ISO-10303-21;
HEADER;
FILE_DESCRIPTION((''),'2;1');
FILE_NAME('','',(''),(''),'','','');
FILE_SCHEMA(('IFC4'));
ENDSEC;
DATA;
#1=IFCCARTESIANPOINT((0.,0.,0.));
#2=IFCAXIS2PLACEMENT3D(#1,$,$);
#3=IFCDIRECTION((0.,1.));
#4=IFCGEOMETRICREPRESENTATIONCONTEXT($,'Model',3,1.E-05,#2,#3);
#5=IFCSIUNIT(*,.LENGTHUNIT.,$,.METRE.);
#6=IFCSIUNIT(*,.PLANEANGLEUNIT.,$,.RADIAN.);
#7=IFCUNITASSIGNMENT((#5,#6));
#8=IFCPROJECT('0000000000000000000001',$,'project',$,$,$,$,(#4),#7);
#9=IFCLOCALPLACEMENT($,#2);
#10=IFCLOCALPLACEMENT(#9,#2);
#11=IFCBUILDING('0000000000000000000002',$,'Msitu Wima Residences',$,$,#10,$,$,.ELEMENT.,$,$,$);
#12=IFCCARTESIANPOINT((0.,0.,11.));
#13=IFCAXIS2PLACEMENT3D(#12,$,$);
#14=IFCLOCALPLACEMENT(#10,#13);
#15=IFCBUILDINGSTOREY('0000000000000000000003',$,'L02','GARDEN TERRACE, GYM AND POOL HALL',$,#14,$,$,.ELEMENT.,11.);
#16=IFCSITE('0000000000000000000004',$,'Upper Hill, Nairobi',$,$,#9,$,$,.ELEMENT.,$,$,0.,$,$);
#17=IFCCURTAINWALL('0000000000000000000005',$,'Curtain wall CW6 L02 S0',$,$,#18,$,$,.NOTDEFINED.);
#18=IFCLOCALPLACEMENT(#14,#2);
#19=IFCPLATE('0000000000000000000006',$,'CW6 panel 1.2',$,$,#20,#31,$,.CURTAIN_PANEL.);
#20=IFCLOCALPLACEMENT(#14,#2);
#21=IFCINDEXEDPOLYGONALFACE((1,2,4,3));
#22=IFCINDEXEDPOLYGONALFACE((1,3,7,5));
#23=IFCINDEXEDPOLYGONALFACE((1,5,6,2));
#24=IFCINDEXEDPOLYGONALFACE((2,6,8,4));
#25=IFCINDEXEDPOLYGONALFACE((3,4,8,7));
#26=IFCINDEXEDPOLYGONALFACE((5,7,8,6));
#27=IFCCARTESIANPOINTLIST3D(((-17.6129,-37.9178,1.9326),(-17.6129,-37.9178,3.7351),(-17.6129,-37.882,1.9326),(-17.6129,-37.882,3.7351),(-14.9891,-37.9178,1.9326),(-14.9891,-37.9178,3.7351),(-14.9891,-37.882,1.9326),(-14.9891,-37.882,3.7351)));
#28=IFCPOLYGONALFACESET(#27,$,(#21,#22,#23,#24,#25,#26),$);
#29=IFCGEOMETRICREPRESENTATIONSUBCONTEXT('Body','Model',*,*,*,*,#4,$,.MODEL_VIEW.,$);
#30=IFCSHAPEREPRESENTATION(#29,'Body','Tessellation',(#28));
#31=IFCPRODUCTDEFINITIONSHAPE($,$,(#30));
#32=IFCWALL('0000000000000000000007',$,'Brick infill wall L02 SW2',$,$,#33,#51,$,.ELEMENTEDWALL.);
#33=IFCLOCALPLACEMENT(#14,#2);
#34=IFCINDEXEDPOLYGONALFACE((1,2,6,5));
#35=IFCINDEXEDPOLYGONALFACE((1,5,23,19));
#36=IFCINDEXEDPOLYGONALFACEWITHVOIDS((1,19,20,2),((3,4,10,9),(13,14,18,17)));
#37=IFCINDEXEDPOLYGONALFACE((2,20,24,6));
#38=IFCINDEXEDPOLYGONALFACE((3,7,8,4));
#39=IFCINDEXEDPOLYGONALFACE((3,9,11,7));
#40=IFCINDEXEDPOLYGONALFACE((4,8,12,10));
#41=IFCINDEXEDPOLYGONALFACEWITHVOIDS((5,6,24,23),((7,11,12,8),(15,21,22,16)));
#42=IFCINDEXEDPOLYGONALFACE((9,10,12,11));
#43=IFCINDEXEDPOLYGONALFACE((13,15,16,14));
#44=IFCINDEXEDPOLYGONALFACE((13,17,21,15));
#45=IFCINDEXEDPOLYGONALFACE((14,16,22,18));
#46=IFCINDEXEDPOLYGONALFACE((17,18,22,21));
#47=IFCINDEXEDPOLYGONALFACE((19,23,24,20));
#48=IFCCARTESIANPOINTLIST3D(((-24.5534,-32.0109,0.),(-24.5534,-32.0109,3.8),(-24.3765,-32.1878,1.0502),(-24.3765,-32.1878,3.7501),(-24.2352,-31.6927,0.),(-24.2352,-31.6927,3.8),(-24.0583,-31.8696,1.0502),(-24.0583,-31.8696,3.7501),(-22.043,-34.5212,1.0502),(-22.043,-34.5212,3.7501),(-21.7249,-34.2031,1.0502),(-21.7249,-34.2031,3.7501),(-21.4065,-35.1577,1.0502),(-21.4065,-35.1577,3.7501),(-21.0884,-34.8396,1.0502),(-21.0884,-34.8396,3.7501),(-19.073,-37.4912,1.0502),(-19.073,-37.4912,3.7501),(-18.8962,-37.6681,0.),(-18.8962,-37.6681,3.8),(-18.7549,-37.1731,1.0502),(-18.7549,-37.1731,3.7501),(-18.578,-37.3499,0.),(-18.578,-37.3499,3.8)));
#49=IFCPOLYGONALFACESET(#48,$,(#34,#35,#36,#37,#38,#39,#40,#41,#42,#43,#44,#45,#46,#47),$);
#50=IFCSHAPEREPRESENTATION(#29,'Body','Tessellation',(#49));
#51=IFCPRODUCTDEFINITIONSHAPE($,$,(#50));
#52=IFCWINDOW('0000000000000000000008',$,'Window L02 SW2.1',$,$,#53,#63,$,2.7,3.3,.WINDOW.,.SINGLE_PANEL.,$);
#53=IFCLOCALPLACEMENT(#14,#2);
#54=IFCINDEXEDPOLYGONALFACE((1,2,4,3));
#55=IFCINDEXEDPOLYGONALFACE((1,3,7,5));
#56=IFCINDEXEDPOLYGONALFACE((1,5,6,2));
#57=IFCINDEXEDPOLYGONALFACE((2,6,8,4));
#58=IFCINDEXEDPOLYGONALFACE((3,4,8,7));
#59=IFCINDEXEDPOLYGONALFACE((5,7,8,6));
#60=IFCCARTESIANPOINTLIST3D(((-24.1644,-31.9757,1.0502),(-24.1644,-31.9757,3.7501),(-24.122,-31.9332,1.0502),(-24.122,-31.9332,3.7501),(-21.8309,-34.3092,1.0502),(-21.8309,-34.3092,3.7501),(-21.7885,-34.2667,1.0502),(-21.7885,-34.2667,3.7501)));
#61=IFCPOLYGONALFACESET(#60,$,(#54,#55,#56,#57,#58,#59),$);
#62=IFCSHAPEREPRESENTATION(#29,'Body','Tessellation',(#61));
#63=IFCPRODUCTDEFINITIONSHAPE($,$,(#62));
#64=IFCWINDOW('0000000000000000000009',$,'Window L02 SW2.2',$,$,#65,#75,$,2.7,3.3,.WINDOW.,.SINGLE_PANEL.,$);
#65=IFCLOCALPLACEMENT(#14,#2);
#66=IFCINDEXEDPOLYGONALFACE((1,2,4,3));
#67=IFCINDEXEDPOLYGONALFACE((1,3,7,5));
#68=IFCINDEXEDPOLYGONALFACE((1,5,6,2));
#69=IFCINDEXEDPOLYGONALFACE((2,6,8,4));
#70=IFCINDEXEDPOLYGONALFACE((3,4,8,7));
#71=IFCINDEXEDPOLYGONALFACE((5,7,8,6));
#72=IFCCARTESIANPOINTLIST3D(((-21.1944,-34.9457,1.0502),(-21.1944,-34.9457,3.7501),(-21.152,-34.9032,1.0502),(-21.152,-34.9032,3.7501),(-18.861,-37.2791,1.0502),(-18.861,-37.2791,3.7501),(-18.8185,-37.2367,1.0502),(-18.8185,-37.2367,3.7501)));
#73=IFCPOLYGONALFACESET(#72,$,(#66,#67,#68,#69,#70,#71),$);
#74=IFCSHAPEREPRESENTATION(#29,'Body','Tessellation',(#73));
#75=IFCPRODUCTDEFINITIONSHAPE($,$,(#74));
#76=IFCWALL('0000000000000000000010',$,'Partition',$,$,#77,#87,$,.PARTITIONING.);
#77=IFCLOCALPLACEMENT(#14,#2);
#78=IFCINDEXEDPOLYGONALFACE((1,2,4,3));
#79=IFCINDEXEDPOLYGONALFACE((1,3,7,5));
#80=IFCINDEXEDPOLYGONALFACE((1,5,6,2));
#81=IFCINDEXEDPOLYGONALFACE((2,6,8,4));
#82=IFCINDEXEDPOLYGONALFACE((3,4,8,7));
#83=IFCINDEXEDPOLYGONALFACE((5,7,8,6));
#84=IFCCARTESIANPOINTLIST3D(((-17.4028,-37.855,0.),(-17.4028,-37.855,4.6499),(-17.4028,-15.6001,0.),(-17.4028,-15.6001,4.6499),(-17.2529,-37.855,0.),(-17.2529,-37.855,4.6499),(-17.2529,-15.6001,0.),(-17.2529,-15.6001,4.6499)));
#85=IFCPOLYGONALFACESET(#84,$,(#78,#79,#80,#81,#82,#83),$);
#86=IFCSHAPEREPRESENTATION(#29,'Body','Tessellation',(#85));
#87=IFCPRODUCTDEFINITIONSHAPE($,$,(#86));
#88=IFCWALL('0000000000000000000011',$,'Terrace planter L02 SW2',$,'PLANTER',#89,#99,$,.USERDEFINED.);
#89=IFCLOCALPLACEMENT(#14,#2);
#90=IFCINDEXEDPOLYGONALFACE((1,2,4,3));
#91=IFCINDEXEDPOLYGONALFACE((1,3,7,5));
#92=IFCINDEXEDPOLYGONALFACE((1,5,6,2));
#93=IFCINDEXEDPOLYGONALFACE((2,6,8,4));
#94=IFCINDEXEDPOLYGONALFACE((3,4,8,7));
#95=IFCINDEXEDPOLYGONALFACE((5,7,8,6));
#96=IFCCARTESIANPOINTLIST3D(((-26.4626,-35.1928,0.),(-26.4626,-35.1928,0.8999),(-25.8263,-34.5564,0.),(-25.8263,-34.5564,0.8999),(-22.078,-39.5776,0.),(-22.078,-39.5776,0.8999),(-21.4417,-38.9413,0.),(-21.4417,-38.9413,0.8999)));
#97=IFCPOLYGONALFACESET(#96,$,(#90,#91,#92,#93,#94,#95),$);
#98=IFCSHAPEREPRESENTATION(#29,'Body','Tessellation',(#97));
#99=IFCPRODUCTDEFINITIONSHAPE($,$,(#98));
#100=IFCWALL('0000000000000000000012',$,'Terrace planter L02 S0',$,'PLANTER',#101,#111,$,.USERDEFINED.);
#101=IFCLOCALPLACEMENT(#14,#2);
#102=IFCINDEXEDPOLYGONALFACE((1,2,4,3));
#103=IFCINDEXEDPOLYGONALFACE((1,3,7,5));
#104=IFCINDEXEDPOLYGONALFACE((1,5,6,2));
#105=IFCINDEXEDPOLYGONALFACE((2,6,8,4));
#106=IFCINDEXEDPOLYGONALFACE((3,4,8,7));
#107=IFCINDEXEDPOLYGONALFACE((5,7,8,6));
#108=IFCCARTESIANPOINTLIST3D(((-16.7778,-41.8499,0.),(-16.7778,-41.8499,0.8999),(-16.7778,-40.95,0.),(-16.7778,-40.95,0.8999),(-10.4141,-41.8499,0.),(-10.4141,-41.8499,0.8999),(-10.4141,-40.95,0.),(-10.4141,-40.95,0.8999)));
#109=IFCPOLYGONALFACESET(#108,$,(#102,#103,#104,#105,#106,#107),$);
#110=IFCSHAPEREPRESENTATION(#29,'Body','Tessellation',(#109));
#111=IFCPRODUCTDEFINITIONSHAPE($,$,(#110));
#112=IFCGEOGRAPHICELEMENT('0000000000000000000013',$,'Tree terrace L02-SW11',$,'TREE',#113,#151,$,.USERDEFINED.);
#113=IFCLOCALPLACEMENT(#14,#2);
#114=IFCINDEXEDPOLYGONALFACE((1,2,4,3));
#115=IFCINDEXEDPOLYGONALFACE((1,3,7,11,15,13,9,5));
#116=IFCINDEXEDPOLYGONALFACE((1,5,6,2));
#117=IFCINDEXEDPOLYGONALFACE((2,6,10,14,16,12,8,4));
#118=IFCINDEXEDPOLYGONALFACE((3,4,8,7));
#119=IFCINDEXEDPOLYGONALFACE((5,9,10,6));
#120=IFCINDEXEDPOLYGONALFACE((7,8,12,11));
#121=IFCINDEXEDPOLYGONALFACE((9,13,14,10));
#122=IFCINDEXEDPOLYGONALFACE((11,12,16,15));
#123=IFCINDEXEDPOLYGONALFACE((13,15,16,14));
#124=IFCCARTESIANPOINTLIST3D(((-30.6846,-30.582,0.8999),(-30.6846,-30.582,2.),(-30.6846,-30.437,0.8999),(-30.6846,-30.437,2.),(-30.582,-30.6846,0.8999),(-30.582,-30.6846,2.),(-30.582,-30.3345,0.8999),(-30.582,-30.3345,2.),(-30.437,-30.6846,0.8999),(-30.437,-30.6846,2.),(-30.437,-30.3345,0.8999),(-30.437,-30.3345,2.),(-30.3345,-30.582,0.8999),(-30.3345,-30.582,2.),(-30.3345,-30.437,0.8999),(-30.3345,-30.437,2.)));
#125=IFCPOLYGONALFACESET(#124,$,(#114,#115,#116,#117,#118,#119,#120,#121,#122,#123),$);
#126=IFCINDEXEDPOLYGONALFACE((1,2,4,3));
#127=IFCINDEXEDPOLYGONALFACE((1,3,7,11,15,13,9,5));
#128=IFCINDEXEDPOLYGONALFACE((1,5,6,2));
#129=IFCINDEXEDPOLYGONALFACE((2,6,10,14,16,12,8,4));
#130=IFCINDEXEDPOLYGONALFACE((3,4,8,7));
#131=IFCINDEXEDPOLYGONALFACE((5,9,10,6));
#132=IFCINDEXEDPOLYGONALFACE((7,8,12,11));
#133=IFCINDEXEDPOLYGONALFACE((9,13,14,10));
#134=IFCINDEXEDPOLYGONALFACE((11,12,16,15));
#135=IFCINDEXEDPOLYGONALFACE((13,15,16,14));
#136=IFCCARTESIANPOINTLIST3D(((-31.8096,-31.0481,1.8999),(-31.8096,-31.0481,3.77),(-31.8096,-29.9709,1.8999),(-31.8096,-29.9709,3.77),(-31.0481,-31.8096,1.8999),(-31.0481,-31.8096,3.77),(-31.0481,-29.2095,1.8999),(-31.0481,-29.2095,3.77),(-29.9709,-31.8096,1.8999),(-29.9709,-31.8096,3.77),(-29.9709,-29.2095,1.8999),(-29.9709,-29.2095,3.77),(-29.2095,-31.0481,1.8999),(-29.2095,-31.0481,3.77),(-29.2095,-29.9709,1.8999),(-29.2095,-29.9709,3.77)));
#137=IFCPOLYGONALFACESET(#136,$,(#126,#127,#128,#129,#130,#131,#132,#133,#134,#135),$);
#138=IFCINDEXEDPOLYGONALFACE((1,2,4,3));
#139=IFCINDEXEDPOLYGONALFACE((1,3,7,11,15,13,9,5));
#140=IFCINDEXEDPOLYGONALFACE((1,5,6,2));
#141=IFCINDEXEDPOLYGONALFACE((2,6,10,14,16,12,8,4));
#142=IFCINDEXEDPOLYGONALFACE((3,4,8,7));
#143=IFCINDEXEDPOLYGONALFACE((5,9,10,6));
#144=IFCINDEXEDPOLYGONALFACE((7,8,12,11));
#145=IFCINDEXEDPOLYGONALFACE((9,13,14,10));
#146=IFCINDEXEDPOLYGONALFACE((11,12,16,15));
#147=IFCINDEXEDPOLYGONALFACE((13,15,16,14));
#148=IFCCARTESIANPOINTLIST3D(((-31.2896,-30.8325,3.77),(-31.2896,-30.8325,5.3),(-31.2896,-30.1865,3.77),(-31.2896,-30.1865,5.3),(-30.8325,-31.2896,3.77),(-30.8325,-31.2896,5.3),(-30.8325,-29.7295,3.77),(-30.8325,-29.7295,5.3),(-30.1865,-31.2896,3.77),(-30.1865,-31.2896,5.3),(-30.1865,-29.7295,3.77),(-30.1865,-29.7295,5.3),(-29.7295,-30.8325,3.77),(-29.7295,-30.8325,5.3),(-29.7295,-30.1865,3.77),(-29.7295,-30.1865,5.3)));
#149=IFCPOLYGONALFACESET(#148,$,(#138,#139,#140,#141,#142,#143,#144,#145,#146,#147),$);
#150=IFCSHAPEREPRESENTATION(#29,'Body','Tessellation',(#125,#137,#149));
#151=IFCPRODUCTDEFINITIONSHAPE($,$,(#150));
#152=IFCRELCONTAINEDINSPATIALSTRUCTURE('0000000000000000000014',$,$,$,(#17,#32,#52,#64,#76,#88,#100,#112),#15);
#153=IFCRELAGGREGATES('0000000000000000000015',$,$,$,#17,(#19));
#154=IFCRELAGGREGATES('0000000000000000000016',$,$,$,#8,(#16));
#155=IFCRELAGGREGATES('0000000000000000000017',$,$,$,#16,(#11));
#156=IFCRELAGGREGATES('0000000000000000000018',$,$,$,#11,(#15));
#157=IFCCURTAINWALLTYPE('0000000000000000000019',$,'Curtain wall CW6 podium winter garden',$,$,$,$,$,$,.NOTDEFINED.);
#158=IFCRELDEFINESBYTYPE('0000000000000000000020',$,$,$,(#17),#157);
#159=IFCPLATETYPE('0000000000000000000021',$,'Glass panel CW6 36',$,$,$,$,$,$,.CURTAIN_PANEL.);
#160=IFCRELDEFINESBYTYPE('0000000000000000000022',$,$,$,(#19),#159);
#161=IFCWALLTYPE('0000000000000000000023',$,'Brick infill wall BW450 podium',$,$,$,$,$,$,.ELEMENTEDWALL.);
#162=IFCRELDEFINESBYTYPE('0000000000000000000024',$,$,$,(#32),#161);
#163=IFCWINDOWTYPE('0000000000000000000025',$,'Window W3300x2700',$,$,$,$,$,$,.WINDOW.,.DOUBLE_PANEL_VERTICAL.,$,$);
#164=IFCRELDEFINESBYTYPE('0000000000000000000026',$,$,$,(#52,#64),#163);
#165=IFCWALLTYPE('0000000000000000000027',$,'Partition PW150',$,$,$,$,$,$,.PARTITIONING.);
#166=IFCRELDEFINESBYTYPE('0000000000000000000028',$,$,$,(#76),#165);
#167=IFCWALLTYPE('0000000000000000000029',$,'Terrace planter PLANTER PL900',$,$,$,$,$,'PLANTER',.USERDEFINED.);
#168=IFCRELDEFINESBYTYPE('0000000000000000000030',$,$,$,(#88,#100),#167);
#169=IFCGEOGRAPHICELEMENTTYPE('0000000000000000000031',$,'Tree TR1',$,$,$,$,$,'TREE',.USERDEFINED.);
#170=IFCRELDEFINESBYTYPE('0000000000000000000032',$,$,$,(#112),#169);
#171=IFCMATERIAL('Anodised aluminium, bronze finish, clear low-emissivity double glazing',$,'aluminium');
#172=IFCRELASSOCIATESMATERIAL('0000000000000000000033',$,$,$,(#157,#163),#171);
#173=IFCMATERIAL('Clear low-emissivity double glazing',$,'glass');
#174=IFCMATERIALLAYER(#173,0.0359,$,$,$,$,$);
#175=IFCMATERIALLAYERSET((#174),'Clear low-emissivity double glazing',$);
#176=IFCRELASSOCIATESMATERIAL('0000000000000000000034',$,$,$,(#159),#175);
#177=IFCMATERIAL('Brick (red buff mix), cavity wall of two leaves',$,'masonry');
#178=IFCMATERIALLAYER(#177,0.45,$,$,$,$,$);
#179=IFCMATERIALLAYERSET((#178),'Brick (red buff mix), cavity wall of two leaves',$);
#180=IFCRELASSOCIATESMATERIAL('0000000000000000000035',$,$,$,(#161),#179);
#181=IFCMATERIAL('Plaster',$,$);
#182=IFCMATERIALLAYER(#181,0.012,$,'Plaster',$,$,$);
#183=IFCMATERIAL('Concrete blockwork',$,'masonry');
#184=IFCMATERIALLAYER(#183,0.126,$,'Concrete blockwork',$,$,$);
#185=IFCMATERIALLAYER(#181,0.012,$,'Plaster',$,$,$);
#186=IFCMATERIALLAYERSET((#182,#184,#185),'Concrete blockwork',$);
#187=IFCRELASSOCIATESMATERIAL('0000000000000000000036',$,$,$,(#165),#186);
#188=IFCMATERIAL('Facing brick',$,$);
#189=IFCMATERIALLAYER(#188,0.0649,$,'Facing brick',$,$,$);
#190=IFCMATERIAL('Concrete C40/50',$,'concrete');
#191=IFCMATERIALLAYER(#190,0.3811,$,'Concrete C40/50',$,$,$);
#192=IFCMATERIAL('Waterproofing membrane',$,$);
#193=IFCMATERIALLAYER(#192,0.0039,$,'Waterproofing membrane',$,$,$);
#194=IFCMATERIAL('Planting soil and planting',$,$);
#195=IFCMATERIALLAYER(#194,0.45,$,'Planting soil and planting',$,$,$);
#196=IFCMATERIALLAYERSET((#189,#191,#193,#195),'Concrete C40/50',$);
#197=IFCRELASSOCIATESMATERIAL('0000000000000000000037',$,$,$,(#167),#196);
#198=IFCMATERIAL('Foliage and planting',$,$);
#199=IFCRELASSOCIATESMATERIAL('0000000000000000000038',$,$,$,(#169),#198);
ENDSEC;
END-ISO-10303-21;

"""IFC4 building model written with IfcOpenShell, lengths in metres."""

from ifc_helpers import new_model, si_unit, direction, frame, frame_2d, origin, origin_2d, place, context, subcontext, project, spatial, polyline, rectangle, outline, extrude, material, layer, layer_set, type_object, element, fill, aggregate, save


model = new_model("IFC4")

# Units and contexts
model_context = context("Model", 3, precision=1e-05, world=origin(), true_north=direction((0.0, 1.0)))
body_context = subcontext(model_context, "Body", "Model", "MODEL_VIEW")
ifc_project = project(units=[si_unit("LENGTHUNIT", "METRE"), si_unit("PLANEANGLEUNIT", "RADIAN")], contexts=[model_context])

# Site, building, storey
site_placement = place(None, origin())
site = spatial("IfcSite", under=ifc_project, at=site_placement, Name="Upper Hill, Nairobi", CompositionType="ELEMENT", RefElevation=0.0)
building_placement = place(site_placement, origin())
building = spatial("IfcBuilding", under=site, at=building_placement, Name="Msitu Wima Residences", CompositionType="ELEMENT")
storey_placement = place(building_placement, frame((0.0, 0.0, 11.0)))
storey = spatial("IfcBuildingStorey", under=building, at=storey_placement, Name="L02", Description="GARDEN TERRACE, GYM AND POOL HALL", CompositionType="ELEMENT", Elevation=11.0)

# Curtain wall
ifc_material_1 = material(Name="Anodised aluminium, bronze finish, clear low-emissivity double glazing", Category="aluminium")
curtain_wall_type = type_object("IfcCurtainWallType", Name="Curtain wall CW6 podium winter garden", PredefinedType="NOTDEFINED", material=ifc_material_1)
curtain_wall_placement = place(storey_placement, origin())
curtain_wall = element("IfcCurtainWall", 1, at=curtain_wall_placement, inside=storey, type_object=curtain_wall_type, Name="Curtain wall CW6 L02 S0", PredefinedType="NOTDEFINED")

# Plate
ifc_material_2 = material(Name="Clear low-emissivity double glazing", Category="glass")
ifc_layer_1 = layer(ifc_material_2, 0.0359)
ifc_layer_set_1 = layer_set([ifc_layer_1], Name="Clear low-emissivity double glazing")
plate_type = type_object("IfcPlateType", Name="Glass panel CW6 36", PredefinedType="CURTAIN_PANEL", material=ifc_layer_set_1)
plate_1_placement = place(storey_placement, frame((-16.301, -37.8999, 1.9326), z_axis=(0.0, 0.0, 1.0), x_axis=(1.0, 0.0, 0.0)))
plate_1 = element("IfcPlate", 2, at=plate_1_placement, type_object=plate_type, Name="CW6 panel 1.2", PredefinedType="CURTAIN_PANEL", context=body_context, shape_type="SweptSolid", body=[
    extrude(rectangle(XDim=2.6238, YDim=0.0359, at=origin_2d()), origin(), (0.0, 0.0, 1.0), 1.8025),
])
aggregate(curtain_wall, [plate_1])

# Wall, openings, windows
ifc_material_3 = material(Name="Brick (red buff mix), cavity wall of two leaves", Category="masonry")
ifc_layer_2 = layer(ifc_material_3, 0.45)
ifc_layer_set_2 = layer_set([ifc_layer_2], Name="Brick (red buff mix), cavity wall of two leaves")
wall_type_1 = type_object("IfcWallType", Name="Brick infill wall BW450 podium", PredefinedType="ELEMENTEDWALL", material=ifc_layer_set_2)
wall_1_placement = place(storey_placement, frame((-24.3943, -31.8518, 0.0), z_axis=(0.0, 0.0, 1.0), x_axis=(0.707107, -0.707107, 0.0)))
wall_1 = element("IfcWall", 3, at=wall_1_placement, inside=storey, type_object=wall_type_1, Name="Brick infill wall L02 SW2", PredefinedType="ELEMENTEDWALL", context=body_context, shape_type="SweptSolid", body=[
    extrude(rectangle(XDim=8.0005, YDim=0.45, at=frame_2d((4.0002, 0.0))), origin(), (0.0, 0.0, 1.0), 3.8),
])
opening_1_placement = place(wall_1_placement, frame((0.2502, 0.0, 1.05)))
opening_1 = element("IfcOpeningElement", 4, at=opening_1_placement, cuts=wall_1, PredefinedType="OPENING", context=body_context, shape_type="SweptSolid", body=[
    extrude(rectangle(XDim=3.3, YDim=2.7, at=frame_2d((1.6499, 1.3501))), frame((0.0, 0.2349, 0.0), z_axis=(0.0, -1.0, 0.0), x_axis=(1.0, 0.0, 0.0)), (0.0, 0.0, 1.0), 0.47),
])
opening_2_placement = place(wall_1_placement, frame((4.4504, 0.0, 1.05)))
opening_2 = element("IfcOpeningElement", 5, at=opening_2_placement, cuts=wall_1, PredefinedType="OPENING", context=body_context, shape_type="SweptSolid", body=[
    extrude(rectangle(XDim=3.3, YDim=2.7, at=frame_2d((1.6499, 1.3501))), frame((0.0, 0.2349, 0.0), z_axis=(0.0, -1.0, 0.0), x_axis=(1.0, 0.0, 0.0)), (0.0, 0.0, 1.0), 0.47),
])
window_type = type_object("IfcWindowType", Name="Window W3300x2700", PartitioningType="DOUBLE_PANEL_VERTICAL", PredefinedType="WINDOW", material=ifc_material_1)
window_1_placement = place(opening_1_placement, origin())
window_1 = element("IfcWindow", 6, at=window_1_placement, inside=storey, type_object=window_type, Name="Window L02 SW2.1", OverallHeight=2.7, OverallWidth=3.3, PartitioningType="SINGLE_PANEL", PredefinedType="WINDOW", context=body_context, shape_type="SweptSolid", body=[
    extrude(rectangle(XDim=3.3, YDim=2.7, at=frame_2d((1.6499, 1.3501))), frame((0.0, 0.135, 0.0), z_axis=(0.0, -1.0, 0.0), x_axis=(1.0, 0.0, 0.0)), (0.0, 0.0, 1.0), 0.0601),
])
fill(opening_1, window_1)
window_2_placement = place(opening_2_placement, origin())
window_2 = element("IfcWindow", 7, at=window_2_placement, inside=storey, type_object=window_type, Name="Window L02 SW2.2", OverallHeight=2.7, OverallWidth=3.3, PartitioningType="SINGLE_PANEL", PredefinedType="WINDOW", context=body_context, shape_type="SweptSolid", body=[
    extrude(rectangle(XDim=3.3, YDim=2.7, at=frame_2d((1.6499, 1.3501))), frame((0.0, 0.135, 0.0), z_axis=(0.0, -1.0, 0.0), x_axis=(1.0, 0.0, 0.0)), (0.0, 0.0, 1.0), 0.0601),
])
fill(opening_2, window_2)

# Walls
ifc_material_4 = material(Name="Plaster")
ifc_layer_3 = layer(ifc_material_4, 0.012, Name="Plaster")
ifc_material_5 = material(Name="Concrete blockwork", Category="masonry")
ifc_layer_4 = layer(ifc_material_5, 0.126, Name="Concrete blockwork")
ifc_layer_5 = layer(ifc_material_4, 0.012, Name="Plaster")
ifc_layer_set_3 = layer_set([ifc_layer_3, ifc_layer_4, ifc_layer_5], Name="Concrete blockwork")
wall_type_2 = type_object("IfcWallType", Name="Partition PW150", PredefinedType="PARTITIONING", material=ifc_layer_set_3)
wall_2_placement = place(storey_placement, frame((-17.3279, -37.855, 0.0), z_axis=(0.0, 0.0, 1.0), x_axis=(0.0, 1.0, 0.0)))
element("IfcWall", 8, at=wall_2_placement, inside=storey, type_object=wall_type_2, Name="Partition", PredefinedType="PARTITIONING", context=body_context, shape_type="SweptSolid", body=[
    extrude(rectangle(XDim=22.2549, YDim=0.1499, at=frame_2d((11.1274, 0.0))), origin(), (0.0, 0.0, 1.0), 4.6499),
])
ifc_material_6 = material(Name="Facing brick")
ifc_layer_6 = layer(ifc_material_6, 0.0649, Name="Facing brick")
ifc_material_7 = material(Name="Concrete C40/50", Category="concrete")
ifc_layer_7 = layer(ifc_material_7, 0.3811, Name="Concrete C40/50")
ifc_material_8 = material(Name="Waterproofing membrane")
ifc_layer_8 = layer(ifc_material_8, 0.0039, Name="Waterproofing membrane")
ifc_material_9 = material(Name="Planting soil and planting")
ifc_layer_9 = layer(ifc_material_9, 0.45, Name="Planting soil and planting")
ifc_layer_set_4 = layer_set([ifc_layer_6, ifc_layer_7, ifc_layer_8, ifc_layer_9], Name="Concrete C40/50")
wall_type_3 = type_object("IfcWallType", Name="Terrace planter PLANTER PL900", ElementType="PLANTER", PredefinedType="USERDEFINED", material=ifc_layer_set_4)
wall_3_placement = place(storey_placement, frame((-26.1445, -34.8745, 0.0), z_axis=(0.0, 0.0, 1.0), x_axis=(0.707087, -0.707126, 0.0)))
element("IfcWall", 9, at=wall_3_placement, inside=storey, type_object=wall_type_3, Name="Terrace planter L02 SW2", ObjectType="PLANTER", PredefinedType="USERDEFINED", context=body_context, shape_type="SweptSolid", body=[
    extrude(rectangle(XDim=6.2009, YDim=0.8999, at=frame_2d((3.1006, 0.0))), origin(), (0.0, 0.0, 1.0), 0.8999),
])
wall_4_placement = place(storey_placement, frame((-16.7778, -41.3999, 0.0), z_axis=(0.0, 0.0, 1.0), x_axis=(1.0, 0.0, 0.0)))
element("IfcWall", 10, at=wall_4_placement, inside=storey, type_object=wall_type_3, Name="Terrace planter L02 S0", ObjectType="PLANTER", PredefinedType="USERDEFINED", context=body_context, shape_type="SweptSolid", body=[
    extrude(rectangle(XDim=6.3638, YDim=0.8999, at=frame_2d((3.1819, 0.0))), origin(), (0.0, 0.0, 1.0), 0.8999),
])

# Geographic element
ifc_material_10 = material(Name="Foliage and planting")
geographic_element_type = type_object("IfcGeographicElementType", Name="Tree TR1", ElementType="TREE", PredefinedType="USERDEFINED", material=ifc_material_10)
for number, where, z_axis, x_axis, name in (
    (11, (-30.5095, -30.5095, 0.8999), (0.0, 0.0, 1.0), (1.0, 0.0, 0.0), "Tree terrace L02-SW11"),
):
    element("IfcGeographicElement", number, at=place(storey_placement, frame(where, z_axis=z_axis, x_axis=x_axis)), inside=storey, type_object=geographic_element_type, Name=name, ObjectType="TREE", PredefinedType="USERDEFINED", context=body_context, shape_type="SweptSolid", body=[
        extrude(outline(polyline([(0.175, 0.0725), (0.0725, 0.175), (-0.0725, 0.175), (-0.175, 0.0725), (-0.175, -0.0725), (-0.0725, -0.175), (0.0725, -0.175), (0.175, -0.0725), (0.175, 0.0725)])), origin(), (0.0, 0.0, 1.0), 1.1001),
        extrude(outline(polyline([(1.3, 0.5386), (0.5386, 1.3), (-0.5386, 1.3), (-1.3, 0.5386), (-1.3, -0.5386), (-0.5386, -1.3), (0.5386, -1.3), (1.3, -0.5386), (1.3, 0.5386)])), frame((0.0, 0.0, 1.0)), (0.0, 0.0, 1.0), 1.8701),
        extrude(outline(polyline([(0.78, 0.323), (0.323, 0.78), (-0.323, 0.78), (-0.78, 0.323), (-0.78, -0.323), (-0.323, -0.78), (0.323, -0.78), (0.78, -0.323), (0.78, 0.323)])), frame((0.0, 0.0, 2.8701)), (0.0, 0.0, 1.0), 1.53),
    ])

save(model, "model.ifc")
